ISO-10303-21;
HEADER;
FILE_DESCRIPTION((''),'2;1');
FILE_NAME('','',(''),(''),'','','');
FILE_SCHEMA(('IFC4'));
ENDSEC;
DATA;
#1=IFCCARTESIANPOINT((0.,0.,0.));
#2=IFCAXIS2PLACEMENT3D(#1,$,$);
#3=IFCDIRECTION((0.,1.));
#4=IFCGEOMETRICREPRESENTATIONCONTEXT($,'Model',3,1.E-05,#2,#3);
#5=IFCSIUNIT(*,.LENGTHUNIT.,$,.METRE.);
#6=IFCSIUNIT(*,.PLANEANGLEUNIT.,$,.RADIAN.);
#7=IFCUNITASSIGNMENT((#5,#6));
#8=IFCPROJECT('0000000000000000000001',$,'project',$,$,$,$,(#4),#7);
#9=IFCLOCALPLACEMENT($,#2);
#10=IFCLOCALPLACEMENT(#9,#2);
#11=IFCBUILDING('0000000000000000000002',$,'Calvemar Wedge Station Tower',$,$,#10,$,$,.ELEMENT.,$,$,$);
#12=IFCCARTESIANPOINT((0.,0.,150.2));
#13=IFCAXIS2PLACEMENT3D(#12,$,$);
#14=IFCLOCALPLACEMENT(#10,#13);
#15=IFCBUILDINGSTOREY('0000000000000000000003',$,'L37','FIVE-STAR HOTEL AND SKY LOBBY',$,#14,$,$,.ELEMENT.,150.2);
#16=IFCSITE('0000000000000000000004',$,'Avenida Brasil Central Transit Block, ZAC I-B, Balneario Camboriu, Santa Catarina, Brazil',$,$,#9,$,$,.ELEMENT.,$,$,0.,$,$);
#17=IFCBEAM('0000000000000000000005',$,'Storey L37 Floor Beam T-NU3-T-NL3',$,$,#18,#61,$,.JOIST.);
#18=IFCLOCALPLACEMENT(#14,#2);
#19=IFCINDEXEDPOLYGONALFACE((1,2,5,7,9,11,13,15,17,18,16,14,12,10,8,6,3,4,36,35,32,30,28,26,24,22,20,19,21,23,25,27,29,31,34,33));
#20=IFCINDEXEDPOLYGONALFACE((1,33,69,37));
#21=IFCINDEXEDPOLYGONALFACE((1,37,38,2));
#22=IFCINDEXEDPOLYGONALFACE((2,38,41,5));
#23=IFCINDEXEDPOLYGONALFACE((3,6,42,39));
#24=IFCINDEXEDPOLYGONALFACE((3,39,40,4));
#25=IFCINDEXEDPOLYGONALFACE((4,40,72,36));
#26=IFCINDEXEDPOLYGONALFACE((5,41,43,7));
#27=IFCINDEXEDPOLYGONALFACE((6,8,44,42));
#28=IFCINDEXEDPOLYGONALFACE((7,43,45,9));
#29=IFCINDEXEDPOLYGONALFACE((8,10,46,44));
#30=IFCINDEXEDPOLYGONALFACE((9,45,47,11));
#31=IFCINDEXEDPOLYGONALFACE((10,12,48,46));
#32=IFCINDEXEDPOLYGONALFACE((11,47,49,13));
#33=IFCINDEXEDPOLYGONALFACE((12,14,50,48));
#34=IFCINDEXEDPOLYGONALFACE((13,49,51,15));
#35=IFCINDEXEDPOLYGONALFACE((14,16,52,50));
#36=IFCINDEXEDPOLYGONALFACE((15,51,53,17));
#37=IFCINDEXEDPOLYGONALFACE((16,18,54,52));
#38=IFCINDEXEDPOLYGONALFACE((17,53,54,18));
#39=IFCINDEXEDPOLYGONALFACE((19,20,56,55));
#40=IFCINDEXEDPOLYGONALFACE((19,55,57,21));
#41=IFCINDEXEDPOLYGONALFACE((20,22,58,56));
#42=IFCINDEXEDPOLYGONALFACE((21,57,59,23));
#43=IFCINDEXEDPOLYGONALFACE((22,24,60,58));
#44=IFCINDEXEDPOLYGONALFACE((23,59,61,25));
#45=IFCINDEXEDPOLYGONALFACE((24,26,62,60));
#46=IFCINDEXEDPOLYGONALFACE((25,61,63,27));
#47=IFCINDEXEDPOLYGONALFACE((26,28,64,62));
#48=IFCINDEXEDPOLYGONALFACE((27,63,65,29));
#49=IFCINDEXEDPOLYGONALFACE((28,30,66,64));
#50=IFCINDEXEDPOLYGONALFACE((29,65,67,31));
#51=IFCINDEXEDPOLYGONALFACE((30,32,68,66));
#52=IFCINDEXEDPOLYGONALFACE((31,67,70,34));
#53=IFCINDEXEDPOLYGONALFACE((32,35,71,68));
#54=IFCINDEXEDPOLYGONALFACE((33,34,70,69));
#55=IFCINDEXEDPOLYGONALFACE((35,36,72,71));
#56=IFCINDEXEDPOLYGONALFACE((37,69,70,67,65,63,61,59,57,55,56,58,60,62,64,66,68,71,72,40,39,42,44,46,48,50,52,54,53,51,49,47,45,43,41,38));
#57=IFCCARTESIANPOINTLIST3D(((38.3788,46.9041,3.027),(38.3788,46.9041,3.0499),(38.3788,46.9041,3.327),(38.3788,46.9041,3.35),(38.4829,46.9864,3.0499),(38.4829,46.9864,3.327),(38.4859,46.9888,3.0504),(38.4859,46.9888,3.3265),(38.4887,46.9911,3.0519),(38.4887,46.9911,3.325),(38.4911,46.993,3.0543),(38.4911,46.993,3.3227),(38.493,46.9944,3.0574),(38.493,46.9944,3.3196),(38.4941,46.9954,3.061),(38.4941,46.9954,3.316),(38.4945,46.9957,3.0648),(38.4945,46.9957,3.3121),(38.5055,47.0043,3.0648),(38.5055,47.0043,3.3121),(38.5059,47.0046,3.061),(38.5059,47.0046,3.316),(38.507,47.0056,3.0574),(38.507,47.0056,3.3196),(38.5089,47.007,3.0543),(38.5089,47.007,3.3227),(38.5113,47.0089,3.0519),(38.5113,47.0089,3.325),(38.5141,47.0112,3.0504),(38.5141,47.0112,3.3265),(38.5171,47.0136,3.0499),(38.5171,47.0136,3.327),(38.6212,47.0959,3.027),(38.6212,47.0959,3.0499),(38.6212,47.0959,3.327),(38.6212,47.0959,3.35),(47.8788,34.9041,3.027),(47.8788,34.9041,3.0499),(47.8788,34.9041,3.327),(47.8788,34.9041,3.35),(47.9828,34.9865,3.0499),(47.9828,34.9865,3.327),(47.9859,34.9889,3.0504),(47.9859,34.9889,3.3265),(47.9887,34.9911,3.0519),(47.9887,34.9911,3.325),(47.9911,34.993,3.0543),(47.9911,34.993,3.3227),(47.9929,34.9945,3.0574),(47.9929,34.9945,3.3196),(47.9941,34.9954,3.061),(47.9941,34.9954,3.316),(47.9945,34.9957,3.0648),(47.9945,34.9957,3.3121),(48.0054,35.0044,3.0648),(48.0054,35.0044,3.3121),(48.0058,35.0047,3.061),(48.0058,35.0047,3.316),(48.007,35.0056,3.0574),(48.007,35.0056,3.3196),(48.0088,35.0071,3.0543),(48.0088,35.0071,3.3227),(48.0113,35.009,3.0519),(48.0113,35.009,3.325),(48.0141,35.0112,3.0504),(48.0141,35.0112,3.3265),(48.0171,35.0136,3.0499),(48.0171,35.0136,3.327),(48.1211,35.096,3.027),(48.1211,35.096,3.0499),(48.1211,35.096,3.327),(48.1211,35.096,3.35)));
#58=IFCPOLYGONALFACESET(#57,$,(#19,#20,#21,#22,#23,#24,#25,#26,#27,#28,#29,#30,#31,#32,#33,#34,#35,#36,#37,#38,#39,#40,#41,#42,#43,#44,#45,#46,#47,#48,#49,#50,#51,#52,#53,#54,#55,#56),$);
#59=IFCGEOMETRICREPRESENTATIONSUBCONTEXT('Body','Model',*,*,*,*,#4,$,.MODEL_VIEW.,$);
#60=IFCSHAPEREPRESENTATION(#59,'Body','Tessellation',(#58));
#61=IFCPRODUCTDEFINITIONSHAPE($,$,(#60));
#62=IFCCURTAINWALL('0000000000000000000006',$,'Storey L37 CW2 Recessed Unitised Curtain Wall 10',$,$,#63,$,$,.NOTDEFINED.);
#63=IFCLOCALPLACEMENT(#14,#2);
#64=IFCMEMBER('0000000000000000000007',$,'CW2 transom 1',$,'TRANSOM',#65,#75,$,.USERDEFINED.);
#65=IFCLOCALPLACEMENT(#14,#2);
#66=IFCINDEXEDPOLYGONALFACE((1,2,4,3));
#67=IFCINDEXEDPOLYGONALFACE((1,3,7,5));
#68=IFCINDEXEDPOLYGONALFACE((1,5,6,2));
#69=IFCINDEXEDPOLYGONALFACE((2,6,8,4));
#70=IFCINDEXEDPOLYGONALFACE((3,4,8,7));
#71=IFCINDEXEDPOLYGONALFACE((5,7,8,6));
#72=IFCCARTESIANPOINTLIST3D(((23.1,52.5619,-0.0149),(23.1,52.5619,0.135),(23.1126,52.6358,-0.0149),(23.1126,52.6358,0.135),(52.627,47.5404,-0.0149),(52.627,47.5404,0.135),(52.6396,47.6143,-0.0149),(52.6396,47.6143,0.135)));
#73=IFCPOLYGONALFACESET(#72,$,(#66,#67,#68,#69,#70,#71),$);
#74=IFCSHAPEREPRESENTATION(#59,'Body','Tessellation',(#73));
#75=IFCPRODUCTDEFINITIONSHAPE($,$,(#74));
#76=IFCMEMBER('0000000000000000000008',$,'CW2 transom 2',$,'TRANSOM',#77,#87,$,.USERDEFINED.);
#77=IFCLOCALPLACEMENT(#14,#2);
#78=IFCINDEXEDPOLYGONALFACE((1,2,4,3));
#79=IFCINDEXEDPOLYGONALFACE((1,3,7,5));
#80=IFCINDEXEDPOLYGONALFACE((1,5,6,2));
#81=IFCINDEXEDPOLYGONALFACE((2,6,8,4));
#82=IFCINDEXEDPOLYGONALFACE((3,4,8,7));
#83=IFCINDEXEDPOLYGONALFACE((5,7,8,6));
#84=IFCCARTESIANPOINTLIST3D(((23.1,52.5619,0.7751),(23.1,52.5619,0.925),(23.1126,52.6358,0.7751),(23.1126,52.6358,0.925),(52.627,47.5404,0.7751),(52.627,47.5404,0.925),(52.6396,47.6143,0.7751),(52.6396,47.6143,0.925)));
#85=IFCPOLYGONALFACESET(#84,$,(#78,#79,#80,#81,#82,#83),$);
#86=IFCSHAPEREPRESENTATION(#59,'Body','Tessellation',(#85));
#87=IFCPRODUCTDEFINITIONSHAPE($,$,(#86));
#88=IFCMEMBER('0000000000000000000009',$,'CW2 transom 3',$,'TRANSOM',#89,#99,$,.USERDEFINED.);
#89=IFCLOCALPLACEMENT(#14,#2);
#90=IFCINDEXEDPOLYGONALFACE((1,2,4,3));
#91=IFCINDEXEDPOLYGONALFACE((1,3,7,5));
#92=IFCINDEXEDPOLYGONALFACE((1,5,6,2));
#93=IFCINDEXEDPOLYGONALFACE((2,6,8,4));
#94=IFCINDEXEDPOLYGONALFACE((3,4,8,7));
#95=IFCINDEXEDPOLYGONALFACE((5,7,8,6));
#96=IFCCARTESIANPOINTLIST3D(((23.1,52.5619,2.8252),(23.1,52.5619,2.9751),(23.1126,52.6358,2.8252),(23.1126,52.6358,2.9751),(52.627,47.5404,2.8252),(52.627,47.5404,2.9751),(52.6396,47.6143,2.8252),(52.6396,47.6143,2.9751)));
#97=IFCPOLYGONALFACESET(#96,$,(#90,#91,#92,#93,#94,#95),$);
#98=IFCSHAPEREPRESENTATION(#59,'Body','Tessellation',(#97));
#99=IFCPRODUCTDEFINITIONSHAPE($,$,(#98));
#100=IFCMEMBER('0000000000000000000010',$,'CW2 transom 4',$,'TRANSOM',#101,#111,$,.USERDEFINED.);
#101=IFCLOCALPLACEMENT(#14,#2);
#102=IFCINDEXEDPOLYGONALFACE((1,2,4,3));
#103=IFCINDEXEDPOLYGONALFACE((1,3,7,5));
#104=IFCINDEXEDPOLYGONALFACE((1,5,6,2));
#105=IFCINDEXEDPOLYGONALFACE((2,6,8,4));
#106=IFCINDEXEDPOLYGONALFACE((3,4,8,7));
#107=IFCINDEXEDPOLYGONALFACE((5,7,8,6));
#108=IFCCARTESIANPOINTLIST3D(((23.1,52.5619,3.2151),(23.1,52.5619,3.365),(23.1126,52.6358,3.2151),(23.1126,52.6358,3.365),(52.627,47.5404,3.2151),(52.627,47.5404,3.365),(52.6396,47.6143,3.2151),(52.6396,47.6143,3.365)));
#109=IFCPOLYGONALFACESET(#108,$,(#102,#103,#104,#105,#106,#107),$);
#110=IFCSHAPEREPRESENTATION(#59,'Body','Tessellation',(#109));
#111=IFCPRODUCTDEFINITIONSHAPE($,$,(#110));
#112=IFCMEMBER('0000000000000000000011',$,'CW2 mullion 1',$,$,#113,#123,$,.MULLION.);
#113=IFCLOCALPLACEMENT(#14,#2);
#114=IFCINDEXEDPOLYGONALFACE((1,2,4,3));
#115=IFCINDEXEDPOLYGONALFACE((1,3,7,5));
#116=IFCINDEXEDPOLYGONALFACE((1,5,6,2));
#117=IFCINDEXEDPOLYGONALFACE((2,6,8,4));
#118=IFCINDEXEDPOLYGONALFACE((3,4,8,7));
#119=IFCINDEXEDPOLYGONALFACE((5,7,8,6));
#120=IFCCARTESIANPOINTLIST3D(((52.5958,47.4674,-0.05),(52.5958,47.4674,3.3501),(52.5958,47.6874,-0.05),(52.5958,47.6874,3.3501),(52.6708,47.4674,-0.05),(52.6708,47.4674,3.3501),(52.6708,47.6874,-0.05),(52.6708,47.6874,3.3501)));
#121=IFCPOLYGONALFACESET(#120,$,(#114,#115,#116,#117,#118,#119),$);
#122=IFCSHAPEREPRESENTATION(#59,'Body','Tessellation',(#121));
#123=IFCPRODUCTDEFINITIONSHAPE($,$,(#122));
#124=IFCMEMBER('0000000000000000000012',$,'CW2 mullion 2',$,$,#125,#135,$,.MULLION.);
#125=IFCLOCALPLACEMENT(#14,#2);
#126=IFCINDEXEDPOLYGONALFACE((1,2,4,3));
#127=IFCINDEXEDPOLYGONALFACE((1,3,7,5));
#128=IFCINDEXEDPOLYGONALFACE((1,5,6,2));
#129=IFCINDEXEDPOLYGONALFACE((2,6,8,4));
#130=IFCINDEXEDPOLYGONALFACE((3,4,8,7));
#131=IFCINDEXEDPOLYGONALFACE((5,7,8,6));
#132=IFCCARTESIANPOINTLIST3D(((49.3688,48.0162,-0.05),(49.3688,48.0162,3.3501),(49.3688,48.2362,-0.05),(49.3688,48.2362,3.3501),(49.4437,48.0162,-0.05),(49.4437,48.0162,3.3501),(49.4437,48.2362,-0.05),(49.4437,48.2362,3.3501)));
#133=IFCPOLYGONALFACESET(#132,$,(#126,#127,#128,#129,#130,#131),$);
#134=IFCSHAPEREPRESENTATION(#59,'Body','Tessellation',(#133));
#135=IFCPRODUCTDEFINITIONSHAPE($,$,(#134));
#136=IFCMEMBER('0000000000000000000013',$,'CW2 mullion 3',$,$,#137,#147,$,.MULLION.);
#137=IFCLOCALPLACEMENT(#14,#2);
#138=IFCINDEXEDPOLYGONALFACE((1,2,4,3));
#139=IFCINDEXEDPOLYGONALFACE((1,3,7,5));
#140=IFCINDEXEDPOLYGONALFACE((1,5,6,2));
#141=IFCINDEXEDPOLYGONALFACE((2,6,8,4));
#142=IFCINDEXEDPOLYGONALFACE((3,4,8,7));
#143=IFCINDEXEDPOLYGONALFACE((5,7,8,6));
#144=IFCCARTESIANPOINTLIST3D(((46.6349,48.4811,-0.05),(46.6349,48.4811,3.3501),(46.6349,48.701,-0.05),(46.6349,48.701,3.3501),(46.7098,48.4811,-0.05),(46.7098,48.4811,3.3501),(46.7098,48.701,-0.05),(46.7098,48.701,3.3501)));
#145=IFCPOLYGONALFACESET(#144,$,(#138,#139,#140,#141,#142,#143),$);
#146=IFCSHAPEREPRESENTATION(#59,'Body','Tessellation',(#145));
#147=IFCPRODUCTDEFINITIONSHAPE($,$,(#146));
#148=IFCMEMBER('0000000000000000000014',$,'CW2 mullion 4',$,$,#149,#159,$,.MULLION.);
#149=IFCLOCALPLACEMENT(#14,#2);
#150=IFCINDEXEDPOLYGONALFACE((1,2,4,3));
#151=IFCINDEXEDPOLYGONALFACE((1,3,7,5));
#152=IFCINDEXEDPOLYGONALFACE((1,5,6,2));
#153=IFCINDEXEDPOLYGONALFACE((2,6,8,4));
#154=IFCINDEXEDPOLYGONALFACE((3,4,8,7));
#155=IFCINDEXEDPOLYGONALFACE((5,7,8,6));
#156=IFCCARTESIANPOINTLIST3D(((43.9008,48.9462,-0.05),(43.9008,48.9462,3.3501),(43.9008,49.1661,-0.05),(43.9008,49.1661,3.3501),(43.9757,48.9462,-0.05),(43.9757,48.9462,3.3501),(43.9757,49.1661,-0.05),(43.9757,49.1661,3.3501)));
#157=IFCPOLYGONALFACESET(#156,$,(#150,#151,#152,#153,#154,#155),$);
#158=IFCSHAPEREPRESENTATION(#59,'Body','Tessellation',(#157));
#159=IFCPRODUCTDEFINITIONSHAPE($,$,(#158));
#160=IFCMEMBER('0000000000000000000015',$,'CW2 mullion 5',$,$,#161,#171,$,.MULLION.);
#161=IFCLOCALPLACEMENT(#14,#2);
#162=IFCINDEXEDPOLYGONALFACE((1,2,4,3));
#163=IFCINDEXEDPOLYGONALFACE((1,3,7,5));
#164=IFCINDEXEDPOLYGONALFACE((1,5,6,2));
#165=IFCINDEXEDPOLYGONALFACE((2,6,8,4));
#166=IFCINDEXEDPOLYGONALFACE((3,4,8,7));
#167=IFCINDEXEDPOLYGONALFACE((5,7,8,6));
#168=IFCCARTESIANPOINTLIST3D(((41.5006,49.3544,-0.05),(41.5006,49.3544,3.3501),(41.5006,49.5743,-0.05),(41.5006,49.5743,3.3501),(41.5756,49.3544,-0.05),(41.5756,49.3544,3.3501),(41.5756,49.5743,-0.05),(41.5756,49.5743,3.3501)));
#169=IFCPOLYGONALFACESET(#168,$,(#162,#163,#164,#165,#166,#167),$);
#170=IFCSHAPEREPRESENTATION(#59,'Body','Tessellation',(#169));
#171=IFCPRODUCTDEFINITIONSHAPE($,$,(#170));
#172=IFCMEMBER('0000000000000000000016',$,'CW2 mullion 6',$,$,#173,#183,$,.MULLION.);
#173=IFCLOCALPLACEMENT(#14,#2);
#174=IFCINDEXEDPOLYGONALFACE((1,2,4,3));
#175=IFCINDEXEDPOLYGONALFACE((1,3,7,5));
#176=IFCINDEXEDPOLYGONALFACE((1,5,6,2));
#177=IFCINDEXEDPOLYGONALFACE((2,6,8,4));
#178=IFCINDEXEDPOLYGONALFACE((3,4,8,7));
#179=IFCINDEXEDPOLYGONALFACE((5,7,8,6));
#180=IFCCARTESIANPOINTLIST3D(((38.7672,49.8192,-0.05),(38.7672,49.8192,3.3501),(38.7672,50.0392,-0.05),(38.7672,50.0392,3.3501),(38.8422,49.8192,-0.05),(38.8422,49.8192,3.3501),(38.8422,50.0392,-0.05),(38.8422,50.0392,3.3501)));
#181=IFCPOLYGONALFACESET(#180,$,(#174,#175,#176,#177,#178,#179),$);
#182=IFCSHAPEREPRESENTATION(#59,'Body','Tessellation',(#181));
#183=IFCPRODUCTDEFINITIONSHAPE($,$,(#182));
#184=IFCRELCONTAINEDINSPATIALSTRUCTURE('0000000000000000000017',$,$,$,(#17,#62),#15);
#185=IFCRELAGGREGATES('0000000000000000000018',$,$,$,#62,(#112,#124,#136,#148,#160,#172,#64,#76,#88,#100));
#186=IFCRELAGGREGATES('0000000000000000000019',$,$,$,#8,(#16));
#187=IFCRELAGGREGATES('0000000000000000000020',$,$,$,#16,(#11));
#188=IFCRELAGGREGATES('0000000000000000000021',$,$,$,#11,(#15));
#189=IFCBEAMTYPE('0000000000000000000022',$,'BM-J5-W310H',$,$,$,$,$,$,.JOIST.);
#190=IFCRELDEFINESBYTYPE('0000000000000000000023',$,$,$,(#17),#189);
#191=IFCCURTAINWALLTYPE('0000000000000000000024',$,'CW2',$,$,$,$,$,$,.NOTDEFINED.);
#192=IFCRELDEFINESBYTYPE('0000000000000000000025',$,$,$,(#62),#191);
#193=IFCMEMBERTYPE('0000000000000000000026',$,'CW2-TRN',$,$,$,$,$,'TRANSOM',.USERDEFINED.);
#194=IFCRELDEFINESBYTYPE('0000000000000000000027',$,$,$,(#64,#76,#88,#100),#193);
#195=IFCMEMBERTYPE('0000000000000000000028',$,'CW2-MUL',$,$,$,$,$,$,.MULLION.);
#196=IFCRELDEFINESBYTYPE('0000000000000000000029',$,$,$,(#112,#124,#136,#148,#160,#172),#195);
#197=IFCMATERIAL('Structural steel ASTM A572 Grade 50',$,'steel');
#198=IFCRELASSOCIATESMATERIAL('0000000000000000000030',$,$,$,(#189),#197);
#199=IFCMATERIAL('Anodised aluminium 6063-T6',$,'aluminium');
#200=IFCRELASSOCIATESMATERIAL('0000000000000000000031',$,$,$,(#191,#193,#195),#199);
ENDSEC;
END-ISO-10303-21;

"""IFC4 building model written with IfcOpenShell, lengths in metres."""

from ifc_helpers import new_model, si_unit, direction, frame, origin, origin_2d, place, context, subcontext, project, spatial, rectangle, i_section, extrude, source, transform, mapped, material, material_profile, profile_set, type_object, element, aggregate, save


model = new_model("IFC4")

# Units and contexts
model_context = context("Model", 3, precision=1e-05, world=origin(), true_north=direction((0.0, 1.0)))
body_context = subcontext(model_context, "Body", "Model", "MODEL_VIEW")
ifc_project = project(units=[si_unit("LENGTHUNIT", "METRE"), si_unit("PLANEANGLEUNIT", "RADIAN")], contexts=[model_context])

# Site, building, storey
site_placement = place(None, origin())
site = spatial("IfcSite", under=ifc_project, at=site_placement, Name="Avenida Brasil Central Transit Block, ZAC I-B, Balneario Camboriu, Santa Catarina, Brazil", CompositionType="ELEMENT", RefElevation=0.0)
building_placement = place(site_placement, origin())
building = spatial("IfcBuilding", under=site, at=building_placement, Name="Calvemar Wedge Station Tower", CompositionType="ELEMENT")
storey_placement = place(building_placement, frame((0.0, 0.0, 150.2)))
storey = spatial("IfcBuildingStorey", under=building, at=storey_placement, Name="L37", Description="FIVE-STAR HOTEL AND SKY LOBBY", CompositionType="ELEMENT", Elevation=150.2)

# Beam
ifc_material_1 = material(Name="Structural steel ASTM A572 Grade 50", Category="steel")
ifc_material_profile_1 = material_profile(ifc_material_1, i_section(OverallWidth=0.3091, OverallDepth=0.323, WebThickness=0.0139, FlangeThickness=0.0229, FilletRadius=0.0149, at=origin_2d()), Name="W310x143")
ifc_profile_set_1 = profile_set([ifc_material_profile_1], Name="Structural steel ASTM A572 Grade 50")
beam_type = type_object("IfcBeamType", Name="BM-J5-W310H", PredefinedType="JOIST", material=ifc_profile_set_1)
shared_shape_1 = source(origin(), body_context, "Body", "SweptSolid", [
    extrude(i_section(OverallWidth=0.3091, OverallDepth=0.323, WebThickness=0.0139, FlangeThickness=0.0229, FilletRadius=0.0149, at=origin_2d()), origin(), (0.0, 0.0, 1.0), 15.3052),
])
beam_placement = place(storey_placement, frame((38.5, 47.0, 3.1885), z_axis=(0.620703, -0.784046, 0.0), x_axis=(0.784046, 0.620703, 0.0)))
element("IfcBeam", 1, at=beam_placement, inside=storey, type_object=beam_type, Name="Storey L37 Floor Beam T-NU3-T-NL3", PredefinedType="JOIST", context=body_context, shape_type="MappedRepresentation", body=[
    mapped(shared_shape_1, transform((0.0, 0.0, 0.0), scale=1.0)),
])

# Curtain wall, members
ifc_material_2 = material(Name="Anodised aluminium 6063-T6", Category="aluminium")
curtain_wall_type = type_object("IfcCurtainWallType", Name="CW2", PredefinedType="NOTDEFINED", material=ifc_material_2)
curtain_wall_placement = place(storey_placement, origin())
curtain_wall = element("IfcCurtainWall", 2, at=curtain_wall_placement, inside=storey, type_object=curtain_wall_type, Name="Storey L37 CW2 Recessed Unitised Curtain Wall 10", PredefinedType="NOTDEFINED")
ifc_material_profile_2 = material_profile(ifc_material_2, rectangle(XDim=0.075, YDim=0.1499, at=origin_2d()), Name="AL-TRN-75x150")
ifc_profile_set_2 = profile_set([ifc_material_profile_2], Name="Anodised aluminium 6063-T6")
member_type_1 = type_object("IfcMemberType", Name="CW2-TRN", ElementType="TRANSOM", PredefinedType="USERDEFINED", material=ifc_profile_set_2)
shared_shape_2 = source(origin(), body_context, "Body", "SweptSolid", [
    extrude(rectangle(XDim=0.075, YDim=0.1499, at=origin_2d()), origin(), (0.0, 0.0, 1.0), 29.9509),
])
member_1_placement = place(storey_placement, frame((52.6333, 47.5774, 0.0601), z_axis=(-0.985845, 0.167656, 0.0), x_axis=(-0.167656, -0.985845, 0.0)))
member_1 = element("IfcMember", 3, at=member_1_placement, type_object=member_type_1, Name="CW2 transom 1", ObjectType="TRANSOM", PredefinedType="USERDEFINED", context=body_context, shape_type="MappedRepresentation", body=[
    mapped(shared_shape_2, transform((0.0, 0.0, 0.0), scale=1.0)),
])
member_2_placement = place(storey_placement, frame((52.6333, 47.5774, 0.8501), z_axis=(-0.985845, 0.167656, 0.0), x_axis=(-0.167656, -0.985845, 0.0)))
member_2 = element("IfcMember", 4, at=member_2_placement, type_object=member_type_1, Name="CW2 transom 2", ObjectType="TRANSOM", PredefinedType="USERDEFINED", context=body_context, shape_type="MappedRepresentation", body=[
    mapped(shared_shape_2, transform((0.0, 0.0, 0.0), scale=1.0)),
])
member_3_placement = place(storey_placement, frame((52.6333, 47.5774, 2.9001), z_axis=(-0.985845, 0.167656, 0.0), x_axis=(-0.167656, -0.985845, 0.0)))
member_3 = element("IfcMember", 5, at=member_3_placement, type_object=member_type_1, Name="CW2 transom 3", ObjectType="TRANSOM", PredefinedType="USERDEFINED", context=body_context, shape_type="MappedRepresentation", body=[
    mapped(shared_shape_2, transform((0.0, 0.0, 0.0), scale=1.0)),
])
member_4_placement = place(storey_placement, frame((52.6333, 47.5774, 3.29), z_axis=(-0.985845, 0.167656, 0.0), x_axis=(-0.167656, -0.985845, 0.0)))
member_4 = element("IfcMember", 6, at=member_4_placement, type_object=member_type_1, Name="CW2 transom 4", ObjectType="TRANSOM", PredefinedType="USERDEFINED", context=body_context, shape_type="MappedRepresentation", body=[
    mapped(shared_shape_2, transform((0.0, 0.0, 0.0), scale=1.0)),
])
ifc_material_profile_3 = material_profile(ifc_material_2, rectangle(XDim=0.075, YDim=0.22, at=origin_2d()), Name="AL-MUL-75x220")
ifc_profile_set_3 = profile_set([ifc_material_profile_3], Name="Anodised aluminium 6063-T6")
member_type_2 = type_object("IfcMemberType", Name="CW2-MUL", PredefinedType="MULLION", material=ifc_profile_set_3)
shared_shape_3 = source(origin(), body_context, "Body", "SweptSolid", [
    extrude(rectangle(XDim=0.075, YDim=0.22, at=origin_2d()), origin(), (0.0, 0.0, 1.0), 3.4001),
])
member_5_placement = place(storey_placement, frame((52.6333, 47.5774, -0.05), z_axis=(0.0, 0.0, 1.0), x_axis=(1.0, 0.0, 0.0)))
member_5 = element("IfcMember", 7, at=member_5_placement, type_object=member_type_2, Name="CW2 mullion 1", PredefinedType="MULLION", context=body_context, shape_type="MappedRepresentation", body=[
    mapped(shared_shape_3, transform((0.0, 0.0, 0.0), scale=1.0)),
])
member_6_placement = place(storey_placement, frame((49.4062, 48.1262, -0.05), z_axis=(0.0, 0.0, 1.0), x_axis=(1.0, 0.0, 0.0)))
member_6 = element("IfcMember", 8, at=member_6_placement, type_object=member_type_2, Name="CW2 mullion 2", PredefinedType="MULLION", context=body_context, shape_type="MappedRepresentation", body=[
    mapped(shared_shape_3, transform((0.0, 0.0, 0.0), scale=1.0)),
])
member_7_placement = place(storey_placement, frame((46.6724, 48.5911, -0.05), z_axis=(0.0, 0.0, 1.0), x_axis=(1.0, 0.0, 0.0)))
member_7 = element("IfcMember", 9, at=member_7_placement, type_object=member_type_2, Name="CW2 mullion 3", PredefinedType="MULLION", context=body_context, shape_type="MappedRepresentation", body=[
    mapped(shared_shape_3, transform((0.0, 0.0, 0.0), scale=1.0)),
])
member_8_placement = place(storey_placement, frame((43.9382, 49.0562, -0.05), z_axis=(0.0, 0.0, 1.0), x_axis=(1.0, 0.0, 0.0)))
member_8 = element("IfcMember", 10, at=member_8_placement, type_object=member_type_2, Name="CW2 mullion 4", PredefinedType="MULLION", context=body_context, shape_type="MappedRepresentation", body=[
    mapped(shared_shape_3, transform((0.0, 0.0, 0.0), scale=1.0)),
])
member_9_placement = place(storey_placement, frame((41.5381, 49.4644, -0.05), z_axis=(0.0, 0.0, 1.0), x_axis=(1.0, 0.0, 0.0)))
member_9 = element("IfcMember", 11, at=member_9_placement, type_object=member_type_2, Name="CW2 mullion 5", PredefinedType="MULLION", context=body_context, shape_type="MappedRepresentation", body=[
    mapped(shared_shape_3, transform((0.0, 0.0, 0.0), scale=1.0)),
])
member_10_placement = place(storey_placement, frame((38.8047, 49.9292, -0.05), z_axis=(0.0, 0.0, 1.0), x_axis=(1.0, 0.0, 0.0)))
member_10 = element("IfcMember", 12, at=member_10_placement, type_object=member_type_2, Name="CW2 mullion 6", PredefinedType="MULLION", context=body_context, shape_type="MappedRepresentation", body=[
    mapped(shared_shape_3, transform((0.0, 0.0, 0.0), scale=1.0)),
])
aggregate(curtain_wall, [member_5, member_6, member_7, member_8, member_9, member_10, member_1, member_2, member_3, member_4])

save(model, "model.ifc")
